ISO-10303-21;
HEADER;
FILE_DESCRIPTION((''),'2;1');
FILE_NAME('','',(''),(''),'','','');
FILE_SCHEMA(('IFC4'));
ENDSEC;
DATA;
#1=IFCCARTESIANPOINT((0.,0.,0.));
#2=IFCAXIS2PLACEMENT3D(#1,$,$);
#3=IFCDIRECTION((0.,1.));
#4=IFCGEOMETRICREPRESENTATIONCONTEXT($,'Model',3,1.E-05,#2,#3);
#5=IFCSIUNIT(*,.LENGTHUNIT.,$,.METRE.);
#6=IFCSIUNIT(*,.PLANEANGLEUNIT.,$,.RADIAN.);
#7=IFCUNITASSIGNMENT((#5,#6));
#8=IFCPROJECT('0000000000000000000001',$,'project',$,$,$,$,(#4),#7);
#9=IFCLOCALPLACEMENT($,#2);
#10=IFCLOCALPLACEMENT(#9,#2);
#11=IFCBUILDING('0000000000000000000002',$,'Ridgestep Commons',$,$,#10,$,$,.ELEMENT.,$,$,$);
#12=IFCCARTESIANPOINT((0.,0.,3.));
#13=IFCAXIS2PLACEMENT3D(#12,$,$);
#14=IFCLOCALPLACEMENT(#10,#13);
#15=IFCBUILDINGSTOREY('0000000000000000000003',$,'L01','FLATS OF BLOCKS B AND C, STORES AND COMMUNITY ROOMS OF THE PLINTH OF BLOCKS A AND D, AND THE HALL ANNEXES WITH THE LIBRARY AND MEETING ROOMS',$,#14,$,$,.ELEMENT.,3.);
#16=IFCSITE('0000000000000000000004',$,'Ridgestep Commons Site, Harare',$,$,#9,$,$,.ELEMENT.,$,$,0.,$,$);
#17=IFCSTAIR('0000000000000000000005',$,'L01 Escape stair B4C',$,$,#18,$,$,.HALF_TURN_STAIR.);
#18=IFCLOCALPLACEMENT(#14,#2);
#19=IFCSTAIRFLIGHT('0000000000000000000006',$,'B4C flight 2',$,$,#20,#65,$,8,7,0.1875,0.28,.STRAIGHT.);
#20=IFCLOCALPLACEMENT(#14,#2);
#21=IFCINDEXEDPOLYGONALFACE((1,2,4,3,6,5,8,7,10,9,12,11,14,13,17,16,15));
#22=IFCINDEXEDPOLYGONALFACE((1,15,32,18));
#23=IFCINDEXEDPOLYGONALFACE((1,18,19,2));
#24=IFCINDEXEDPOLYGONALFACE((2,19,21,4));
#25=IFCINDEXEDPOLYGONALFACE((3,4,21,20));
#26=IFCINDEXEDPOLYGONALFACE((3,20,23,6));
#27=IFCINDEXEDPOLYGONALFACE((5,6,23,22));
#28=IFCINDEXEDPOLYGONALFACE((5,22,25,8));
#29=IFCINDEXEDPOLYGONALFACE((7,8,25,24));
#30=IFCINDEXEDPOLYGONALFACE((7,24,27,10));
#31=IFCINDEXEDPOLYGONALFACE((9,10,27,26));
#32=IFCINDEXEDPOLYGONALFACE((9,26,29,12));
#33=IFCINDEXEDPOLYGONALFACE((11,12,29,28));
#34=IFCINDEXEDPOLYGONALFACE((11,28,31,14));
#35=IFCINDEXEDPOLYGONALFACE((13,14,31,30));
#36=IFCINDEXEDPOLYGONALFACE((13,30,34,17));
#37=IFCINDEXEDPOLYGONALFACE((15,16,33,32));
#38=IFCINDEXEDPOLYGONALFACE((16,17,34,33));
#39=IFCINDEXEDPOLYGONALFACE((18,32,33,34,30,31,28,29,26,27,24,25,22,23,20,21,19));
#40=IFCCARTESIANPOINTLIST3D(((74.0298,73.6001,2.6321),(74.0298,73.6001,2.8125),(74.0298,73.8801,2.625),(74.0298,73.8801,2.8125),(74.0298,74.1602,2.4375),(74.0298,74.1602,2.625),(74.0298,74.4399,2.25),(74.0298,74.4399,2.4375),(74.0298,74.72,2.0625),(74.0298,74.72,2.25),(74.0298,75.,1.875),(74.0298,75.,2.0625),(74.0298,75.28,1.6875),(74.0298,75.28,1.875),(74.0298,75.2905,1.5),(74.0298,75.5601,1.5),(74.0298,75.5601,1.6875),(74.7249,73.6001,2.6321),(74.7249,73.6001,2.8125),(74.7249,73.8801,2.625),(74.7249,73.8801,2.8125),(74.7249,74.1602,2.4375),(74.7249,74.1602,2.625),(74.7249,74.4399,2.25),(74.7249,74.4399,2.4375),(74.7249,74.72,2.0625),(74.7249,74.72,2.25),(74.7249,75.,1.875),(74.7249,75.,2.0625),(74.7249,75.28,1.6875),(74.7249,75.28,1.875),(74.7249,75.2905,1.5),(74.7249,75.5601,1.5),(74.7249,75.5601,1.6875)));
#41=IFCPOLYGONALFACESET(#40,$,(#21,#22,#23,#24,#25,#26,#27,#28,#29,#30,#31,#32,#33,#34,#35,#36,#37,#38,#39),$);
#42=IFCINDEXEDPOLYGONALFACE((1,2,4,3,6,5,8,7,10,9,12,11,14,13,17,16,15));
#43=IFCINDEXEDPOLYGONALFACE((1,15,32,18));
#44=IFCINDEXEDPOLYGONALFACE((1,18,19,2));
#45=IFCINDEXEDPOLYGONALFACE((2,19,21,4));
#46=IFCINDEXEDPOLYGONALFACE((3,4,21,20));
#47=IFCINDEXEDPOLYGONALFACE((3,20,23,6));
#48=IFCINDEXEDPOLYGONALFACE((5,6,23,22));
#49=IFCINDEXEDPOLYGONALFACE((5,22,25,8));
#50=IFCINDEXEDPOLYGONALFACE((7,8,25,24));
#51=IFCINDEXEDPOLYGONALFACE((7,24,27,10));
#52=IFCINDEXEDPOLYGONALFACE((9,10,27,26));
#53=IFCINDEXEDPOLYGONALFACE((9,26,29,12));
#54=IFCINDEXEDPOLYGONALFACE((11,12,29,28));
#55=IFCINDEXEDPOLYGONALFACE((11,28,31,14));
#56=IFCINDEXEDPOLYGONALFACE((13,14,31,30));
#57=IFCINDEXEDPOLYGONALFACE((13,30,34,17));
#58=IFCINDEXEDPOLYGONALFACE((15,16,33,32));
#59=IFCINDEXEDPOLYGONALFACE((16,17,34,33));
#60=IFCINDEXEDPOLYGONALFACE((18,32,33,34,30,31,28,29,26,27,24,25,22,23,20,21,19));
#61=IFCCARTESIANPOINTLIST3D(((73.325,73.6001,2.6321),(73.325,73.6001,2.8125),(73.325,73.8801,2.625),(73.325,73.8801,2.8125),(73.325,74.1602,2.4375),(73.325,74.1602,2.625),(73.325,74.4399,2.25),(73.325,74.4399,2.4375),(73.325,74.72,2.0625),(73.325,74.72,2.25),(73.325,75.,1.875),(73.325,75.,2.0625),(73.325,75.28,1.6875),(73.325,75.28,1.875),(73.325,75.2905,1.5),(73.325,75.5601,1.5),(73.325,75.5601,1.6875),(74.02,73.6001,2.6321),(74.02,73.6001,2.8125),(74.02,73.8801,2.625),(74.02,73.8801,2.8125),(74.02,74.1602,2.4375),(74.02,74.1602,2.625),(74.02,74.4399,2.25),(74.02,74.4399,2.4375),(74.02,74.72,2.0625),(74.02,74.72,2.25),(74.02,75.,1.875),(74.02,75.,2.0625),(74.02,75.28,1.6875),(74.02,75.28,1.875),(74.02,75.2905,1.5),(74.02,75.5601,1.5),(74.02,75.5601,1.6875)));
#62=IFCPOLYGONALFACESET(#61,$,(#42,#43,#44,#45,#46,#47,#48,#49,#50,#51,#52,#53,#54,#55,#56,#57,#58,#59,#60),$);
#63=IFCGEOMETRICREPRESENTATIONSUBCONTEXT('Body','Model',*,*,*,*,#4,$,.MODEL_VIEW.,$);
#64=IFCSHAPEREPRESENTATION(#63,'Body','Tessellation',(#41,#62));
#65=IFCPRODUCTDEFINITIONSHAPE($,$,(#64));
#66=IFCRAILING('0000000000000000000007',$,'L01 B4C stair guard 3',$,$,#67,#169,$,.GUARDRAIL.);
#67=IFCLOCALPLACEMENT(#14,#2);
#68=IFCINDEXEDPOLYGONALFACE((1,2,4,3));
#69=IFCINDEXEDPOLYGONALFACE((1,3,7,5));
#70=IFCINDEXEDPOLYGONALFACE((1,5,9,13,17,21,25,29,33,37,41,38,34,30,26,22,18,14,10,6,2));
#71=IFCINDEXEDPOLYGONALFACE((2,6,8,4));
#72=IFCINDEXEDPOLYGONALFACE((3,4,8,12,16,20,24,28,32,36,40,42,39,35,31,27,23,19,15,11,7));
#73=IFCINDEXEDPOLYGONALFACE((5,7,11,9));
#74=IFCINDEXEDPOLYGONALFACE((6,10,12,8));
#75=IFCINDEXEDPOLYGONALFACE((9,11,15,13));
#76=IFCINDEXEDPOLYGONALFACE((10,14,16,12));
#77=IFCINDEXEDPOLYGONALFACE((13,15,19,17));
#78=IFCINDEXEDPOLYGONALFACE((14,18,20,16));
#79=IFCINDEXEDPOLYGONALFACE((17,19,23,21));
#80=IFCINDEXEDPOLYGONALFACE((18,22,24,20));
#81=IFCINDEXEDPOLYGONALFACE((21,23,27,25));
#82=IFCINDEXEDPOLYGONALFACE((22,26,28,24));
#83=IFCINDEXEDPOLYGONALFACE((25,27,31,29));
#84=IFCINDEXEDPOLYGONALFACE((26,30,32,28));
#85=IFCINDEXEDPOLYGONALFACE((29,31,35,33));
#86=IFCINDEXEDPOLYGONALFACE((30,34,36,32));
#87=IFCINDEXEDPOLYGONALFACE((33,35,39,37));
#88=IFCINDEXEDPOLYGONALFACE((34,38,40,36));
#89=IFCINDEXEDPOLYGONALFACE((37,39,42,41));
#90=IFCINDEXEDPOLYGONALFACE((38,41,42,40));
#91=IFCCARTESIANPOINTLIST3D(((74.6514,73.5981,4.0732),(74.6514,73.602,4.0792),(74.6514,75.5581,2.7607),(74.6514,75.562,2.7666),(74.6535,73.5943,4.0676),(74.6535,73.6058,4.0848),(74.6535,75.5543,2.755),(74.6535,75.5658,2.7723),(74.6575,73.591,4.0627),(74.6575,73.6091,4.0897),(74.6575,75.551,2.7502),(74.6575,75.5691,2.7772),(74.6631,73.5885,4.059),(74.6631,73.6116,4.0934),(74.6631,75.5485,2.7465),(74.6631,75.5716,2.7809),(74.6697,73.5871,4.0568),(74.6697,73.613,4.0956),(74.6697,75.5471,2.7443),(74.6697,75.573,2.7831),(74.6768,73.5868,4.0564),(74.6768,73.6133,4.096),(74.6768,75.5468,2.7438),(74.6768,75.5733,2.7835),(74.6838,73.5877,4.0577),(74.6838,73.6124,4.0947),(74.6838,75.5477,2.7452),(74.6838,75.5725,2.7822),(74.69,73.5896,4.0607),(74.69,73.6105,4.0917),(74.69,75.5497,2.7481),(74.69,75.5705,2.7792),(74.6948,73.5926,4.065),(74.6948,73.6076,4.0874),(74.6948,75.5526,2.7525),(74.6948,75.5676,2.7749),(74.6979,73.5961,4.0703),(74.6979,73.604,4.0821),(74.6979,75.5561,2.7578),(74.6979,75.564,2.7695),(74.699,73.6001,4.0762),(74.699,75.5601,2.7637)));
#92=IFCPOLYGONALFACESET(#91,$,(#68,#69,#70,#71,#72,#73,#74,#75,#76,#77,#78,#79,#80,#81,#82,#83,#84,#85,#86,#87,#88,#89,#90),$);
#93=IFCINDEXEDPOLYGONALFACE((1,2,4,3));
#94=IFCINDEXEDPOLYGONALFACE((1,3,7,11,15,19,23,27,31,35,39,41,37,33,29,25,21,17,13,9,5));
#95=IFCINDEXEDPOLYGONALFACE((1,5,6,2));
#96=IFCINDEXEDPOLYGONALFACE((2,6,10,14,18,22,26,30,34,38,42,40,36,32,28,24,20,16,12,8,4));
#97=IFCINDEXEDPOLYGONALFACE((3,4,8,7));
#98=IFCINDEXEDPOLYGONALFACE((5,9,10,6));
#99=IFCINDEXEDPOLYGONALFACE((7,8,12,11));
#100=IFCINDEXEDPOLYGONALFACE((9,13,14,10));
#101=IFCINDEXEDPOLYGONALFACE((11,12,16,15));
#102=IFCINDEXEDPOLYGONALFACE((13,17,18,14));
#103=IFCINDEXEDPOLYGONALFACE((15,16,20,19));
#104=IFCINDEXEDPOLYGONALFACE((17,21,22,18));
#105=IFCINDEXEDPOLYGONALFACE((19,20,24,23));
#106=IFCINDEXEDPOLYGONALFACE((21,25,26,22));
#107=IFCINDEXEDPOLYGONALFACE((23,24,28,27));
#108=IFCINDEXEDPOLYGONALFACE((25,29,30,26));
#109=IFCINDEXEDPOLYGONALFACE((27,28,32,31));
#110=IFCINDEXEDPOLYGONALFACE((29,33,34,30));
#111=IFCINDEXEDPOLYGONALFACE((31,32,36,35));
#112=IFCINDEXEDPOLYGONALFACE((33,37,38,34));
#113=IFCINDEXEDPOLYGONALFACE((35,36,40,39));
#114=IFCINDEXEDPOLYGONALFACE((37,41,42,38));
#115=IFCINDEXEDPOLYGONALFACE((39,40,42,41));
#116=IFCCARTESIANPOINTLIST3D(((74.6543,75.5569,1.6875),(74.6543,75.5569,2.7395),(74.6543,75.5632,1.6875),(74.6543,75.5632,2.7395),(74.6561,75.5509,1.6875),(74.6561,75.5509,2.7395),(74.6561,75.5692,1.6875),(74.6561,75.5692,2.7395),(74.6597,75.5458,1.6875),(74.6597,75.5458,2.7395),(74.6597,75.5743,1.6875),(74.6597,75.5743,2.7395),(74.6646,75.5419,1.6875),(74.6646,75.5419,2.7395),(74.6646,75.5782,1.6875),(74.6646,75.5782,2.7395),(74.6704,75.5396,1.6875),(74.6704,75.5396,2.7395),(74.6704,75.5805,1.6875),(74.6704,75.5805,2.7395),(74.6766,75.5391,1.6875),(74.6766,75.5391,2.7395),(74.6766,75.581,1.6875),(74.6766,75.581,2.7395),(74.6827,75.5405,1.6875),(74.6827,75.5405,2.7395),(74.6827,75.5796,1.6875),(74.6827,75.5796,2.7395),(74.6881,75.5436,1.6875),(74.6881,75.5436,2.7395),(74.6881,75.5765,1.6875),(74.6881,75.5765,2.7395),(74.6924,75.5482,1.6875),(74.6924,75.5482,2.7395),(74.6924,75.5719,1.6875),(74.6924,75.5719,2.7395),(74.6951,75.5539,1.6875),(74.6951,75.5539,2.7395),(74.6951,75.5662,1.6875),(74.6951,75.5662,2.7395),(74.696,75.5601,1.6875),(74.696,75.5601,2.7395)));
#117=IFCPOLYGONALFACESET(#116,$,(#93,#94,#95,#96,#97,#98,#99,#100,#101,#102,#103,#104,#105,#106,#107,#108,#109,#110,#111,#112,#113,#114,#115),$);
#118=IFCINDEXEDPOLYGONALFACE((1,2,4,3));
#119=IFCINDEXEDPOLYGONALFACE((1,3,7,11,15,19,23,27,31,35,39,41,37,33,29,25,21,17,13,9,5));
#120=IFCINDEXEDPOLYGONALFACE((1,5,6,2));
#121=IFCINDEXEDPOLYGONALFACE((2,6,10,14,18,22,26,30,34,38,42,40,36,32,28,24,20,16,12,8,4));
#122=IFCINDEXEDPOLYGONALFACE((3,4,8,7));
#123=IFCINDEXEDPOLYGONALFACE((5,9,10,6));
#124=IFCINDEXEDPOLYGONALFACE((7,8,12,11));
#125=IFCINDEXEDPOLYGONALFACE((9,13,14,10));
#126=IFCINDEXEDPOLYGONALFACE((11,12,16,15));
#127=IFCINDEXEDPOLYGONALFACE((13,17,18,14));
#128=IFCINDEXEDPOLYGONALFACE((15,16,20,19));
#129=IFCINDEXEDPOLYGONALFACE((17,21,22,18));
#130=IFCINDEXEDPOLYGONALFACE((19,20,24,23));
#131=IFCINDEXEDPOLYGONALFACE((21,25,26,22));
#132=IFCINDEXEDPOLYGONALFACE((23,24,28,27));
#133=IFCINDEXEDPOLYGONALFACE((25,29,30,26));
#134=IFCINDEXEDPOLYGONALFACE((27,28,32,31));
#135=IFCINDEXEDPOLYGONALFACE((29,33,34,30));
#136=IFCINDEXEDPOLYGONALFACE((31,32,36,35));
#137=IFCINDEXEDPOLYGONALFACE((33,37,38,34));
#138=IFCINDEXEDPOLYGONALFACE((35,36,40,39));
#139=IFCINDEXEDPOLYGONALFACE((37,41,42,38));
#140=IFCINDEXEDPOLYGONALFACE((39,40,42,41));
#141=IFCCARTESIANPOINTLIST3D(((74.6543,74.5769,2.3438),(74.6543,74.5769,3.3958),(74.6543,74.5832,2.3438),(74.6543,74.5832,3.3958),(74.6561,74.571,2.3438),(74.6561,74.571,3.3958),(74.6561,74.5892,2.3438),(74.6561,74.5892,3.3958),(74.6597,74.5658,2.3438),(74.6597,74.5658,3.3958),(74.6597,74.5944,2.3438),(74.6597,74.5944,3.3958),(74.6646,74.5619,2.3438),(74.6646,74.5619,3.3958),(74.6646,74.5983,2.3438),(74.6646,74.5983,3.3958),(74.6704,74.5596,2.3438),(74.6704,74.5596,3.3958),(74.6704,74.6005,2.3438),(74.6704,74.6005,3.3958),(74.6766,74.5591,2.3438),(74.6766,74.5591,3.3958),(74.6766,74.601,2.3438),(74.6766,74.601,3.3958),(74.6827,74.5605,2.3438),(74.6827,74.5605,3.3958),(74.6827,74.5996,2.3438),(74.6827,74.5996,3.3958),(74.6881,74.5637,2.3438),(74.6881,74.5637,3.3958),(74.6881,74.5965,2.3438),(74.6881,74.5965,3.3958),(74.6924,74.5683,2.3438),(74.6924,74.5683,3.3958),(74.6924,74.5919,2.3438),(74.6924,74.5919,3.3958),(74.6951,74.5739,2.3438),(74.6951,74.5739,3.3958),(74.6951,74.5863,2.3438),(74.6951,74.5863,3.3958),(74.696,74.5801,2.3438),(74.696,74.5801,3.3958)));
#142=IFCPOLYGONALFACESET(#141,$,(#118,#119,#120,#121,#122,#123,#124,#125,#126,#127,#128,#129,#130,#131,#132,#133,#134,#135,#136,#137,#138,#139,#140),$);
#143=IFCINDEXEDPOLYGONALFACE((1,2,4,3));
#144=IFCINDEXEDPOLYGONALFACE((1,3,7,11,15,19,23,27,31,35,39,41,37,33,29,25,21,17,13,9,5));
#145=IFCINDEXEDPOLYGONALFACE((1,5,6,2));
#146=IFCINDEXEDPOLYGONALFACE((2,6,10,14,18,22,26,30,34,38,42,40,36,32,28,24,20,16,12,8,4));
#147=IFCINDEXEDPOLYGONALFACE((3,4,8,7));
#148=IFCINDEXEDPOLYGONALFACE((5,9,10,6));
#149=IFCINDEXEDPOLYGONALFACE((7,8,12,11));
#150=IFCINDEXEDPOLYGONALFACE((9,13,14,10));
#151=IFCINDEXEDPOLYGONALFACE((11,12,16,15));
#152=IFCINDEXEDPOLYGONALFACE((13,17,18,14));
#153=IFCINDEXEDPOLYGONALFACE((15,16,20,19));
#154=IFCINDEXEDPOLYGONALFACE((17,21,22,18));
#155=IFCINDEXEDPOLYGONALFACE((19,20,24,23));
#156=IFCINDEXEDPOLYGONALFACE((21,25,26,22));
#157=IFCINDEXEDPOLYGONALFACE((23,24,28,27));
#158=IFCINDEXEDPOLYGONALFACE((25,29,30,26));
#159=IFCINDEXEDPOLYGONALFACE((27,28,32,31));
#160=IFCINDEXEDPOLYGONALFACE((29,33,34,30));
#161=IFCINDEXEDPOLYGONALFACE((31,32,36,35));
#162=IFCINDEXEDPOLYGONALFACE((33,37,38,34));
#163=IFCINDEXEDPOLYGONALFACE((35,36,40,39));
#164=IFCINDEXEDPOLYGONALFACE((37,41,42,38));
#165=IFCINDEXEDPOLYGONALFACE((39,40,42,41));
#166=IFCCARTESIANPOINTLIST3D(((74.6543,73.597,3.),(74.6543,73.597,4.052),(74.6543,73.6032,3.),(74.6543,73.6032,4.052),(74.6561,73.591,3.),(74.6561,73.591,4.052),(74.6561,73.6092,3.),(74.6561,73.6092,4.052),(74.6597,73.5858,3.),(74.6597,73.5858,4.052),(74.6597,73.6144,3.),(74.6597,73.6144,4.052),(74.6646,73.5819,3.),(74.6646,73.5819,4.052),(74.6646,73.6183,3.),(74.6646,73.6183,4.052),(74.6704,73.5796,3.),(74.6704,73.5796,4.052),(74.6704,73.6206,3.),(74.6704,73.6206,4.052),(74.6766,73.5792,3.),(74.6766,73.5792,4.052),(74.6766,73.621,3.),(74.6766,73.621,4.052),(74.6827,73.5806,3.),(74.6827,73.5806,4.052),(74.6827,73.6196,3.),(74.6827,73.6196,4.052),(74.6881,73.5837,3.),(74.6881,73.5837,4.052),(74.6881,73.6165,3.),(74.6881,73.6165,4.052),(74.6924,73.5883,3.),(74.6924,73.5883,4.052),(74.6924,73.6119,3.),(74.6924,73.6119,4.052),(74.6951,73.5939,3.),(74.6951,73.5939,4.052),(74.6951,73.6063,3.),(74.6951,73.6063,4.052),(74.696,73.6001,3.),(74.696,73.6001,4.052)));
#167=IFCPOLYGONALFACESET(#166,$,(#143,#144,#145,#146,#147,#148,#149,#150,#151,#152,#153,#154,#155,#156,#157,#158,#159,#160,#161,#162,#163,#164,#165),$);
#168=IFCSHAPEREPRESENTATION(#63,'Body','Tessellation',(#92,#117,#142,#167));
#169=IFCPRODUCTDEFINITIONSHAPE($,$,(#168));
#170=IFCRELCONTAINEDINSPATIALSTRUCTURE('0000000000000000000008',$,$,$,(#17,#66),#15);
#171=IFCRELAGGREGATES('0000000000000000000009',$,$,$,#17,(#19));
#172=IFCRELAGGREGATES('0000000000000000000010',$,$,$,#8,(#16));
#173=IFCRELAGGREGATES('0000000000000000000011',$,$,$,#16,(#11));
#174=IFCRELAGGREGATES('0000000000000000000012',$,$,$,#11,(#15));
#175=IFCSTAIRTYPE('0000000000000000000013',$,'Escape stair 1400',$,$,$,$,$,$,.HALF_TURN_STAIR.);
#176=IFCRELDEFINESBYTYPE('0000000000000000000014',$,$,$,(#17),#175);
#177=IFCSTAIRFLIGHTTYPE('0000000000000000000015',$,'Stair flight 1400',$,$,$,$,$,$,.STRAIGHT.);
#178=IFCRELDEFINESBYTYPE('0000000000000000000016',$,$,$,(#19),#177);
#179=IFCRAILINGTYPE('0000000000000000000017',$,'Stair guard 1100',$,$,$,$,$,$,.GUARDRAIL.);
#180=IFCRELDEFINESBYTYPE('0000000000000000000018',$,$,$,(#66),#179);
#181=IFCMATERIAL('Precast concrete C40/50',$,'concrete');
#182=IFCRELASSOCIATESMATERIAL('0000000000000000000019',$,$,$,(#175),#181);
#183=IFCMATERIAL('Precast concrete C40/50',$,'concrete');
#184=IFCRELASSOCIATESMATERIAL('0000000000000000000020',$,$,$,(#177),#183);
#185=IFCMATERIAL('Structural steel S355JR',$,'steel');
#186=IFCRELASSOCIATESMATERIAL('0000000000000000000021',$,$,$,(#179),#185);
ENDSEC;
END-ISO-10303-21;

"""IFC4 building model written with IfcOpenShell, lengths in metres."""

from ifc_helpers import new_model, si_unit, direction, frame, origin, origin_2d, place, context, subcontext, project, spatial, polyline, circle, outline, extrude, material, type_object, element, aggregate, save


model = new_model("IFC4")

# Units and contexts
model_context = context("Model", 3, precision=1e-05, world=origin(), true_north=direction((0.0, 1.0)))
body_context = subcontext(model_context, "Body", "Model", "MODEL_VIEW")
ifc_project = project(units=[si_unit("LENGTHUNIT", "METRE"), si_unit("PLANEANGLEUNIT", "RADIAN")], contexts=[model_context])

# Site, building, storey
site_placement = place(None, origin())
site = spatial("IfcSite", under=ifc_project, at=site_placement, Name="Ridgestep Commons Site, Harare", CompositionType="ELEMENT", RefElevation=0.0)
building_placement = place(site_placement, origin())
building = spatial("IfcBuilding", under=site, at=building_placement, Name="Ridgestep Commons", CompositionType="ELEMENT")
storey_placement = place(building_placement, frame((0.0, 0.0, 3.0)))
storey = spatial("IfcBuildingStorey", under=building, at=storey_placement, Name="L01", Description="FLATS OF BLOCKS B AND C, STORES AND COMMUNITY ROOMS OF THE PLINTH OF BLOCKS A AND D, AND THE HALL ANNEXES WITH THE LIBRARY AND MEETING ROOMS", CompositionType="ELEMENT", Elevation=3.0)

# Stair, stair flight
ifc_material_1 = material(Name="Precast concrete C40/50", Category="concrete")
stair_type = type_object("IfcStairType", Name="Escape stair 1400", PredefinedType="HALF_TURN_STAIR", material=ifc_material_1)
stair_placement = place(storey_placement, origin())
stair = element("IfcStair", 1, at=stair_placement, inside=storey, type_object=stair_type, Name="L01 Escape stair B4C", PredefinedType="HALF_TURN_STAIR")
ifc_material_2 = material(Name="Precast concrete C40/50", Category="concrete")
stair_flight_type = type_object("IfcStairFlightType", Name="Stair flight 1400", PredefinedType="STRAIGHT", material=ifc_material_2)
stair_flight_placement = place(storey_placement, frame((74.0249, 75.5601, 1.5), z_axis=(0.0, 0.0, 1.0), x_axis=(0.0, -1.0, 0.0)))
stair_flight = element("IfcStairFlight", 2, at=stair_flight_placement, type_object=stair_flight_type, Name="B4C flight 2", NumberOfRisers=8, NumberOfTreads=7, PredefinedType="STRAIGHT", RiserHeight=0.1875, TreadLength=0.28, context=body_context, shape_type="SweptSolid", body=[
    extrude(outline(polyline([(0.0, 0.0), (0.0, 0.1875), (0.28, 0.1875), (0.28, 0.375), (0.5601, 0.375), (0.5601, 0.5625), (0.8401, 0.5625), (0.8401, 0.75), (1.1201, 0.75), (1.1201, 0.9375), (1.3999, 0.9375), (1.3999, 1.125), (1.6799, 1.125), (1.6799, 1.3125), (1.96, 1.3125), (1.96, 1.5), (1.96, 1.1321), (0.2695, 0.0), (0.0, 0.0)])), frame((0.0, 0.7, 0.0), z_axis=(0.0, -1.0, 0.0), x_axis=(1.0, 0.0, 0.0)), (0.0, 0.0, 1.0), 0.6951),
    extrude(outline(polyline([(0.0, 0.0), (0.0, 0.1875), (0.28, 0.1875), (0.28, 0.375), (0.5601, 0.375), (0.5601, 0.5625), (0.8401, 0.5625), (0.8401, 0.75), (1.1201, 0.75), (1.1201, 0.9375), (1.3999, 0.9375), (1.3999, 1.125), (1.6799, 1.125), (1.6799, 1.3125), (1.96, 1.3125), (1.96, 1.5), (1.96, 1.1321), (0.2695, 0.0), (0.0, 0.0)])), frame((0.0, -0.0049, 0.0), z_axis=(0.0, -1.0, 0.0), x_axis=(1.0, 0.0, 0.0)), (0.0, 0.0, 1.0), 0.6951),
])
aggregate(stair, [stair_flight])

# Railing
ifc_material_3 = material(Name="Structural steel S355JR", Category="steel")
railing_type_1 = type_object("IfcRailingType", Name="Stair guard 1100", PredefinedType="GUARDRAIL", material=ifc_material_3)
railing_1_placement = place(storey_placement, frame((74.675, 75.5601, 1.6875)))
element("IfcRailing", 3, at=railing_1_placement, inside=storey, type_object=railing_type_1, Name="L01 B4C stair guard 3", PredefinedType="GUARDRAIL", context=body_context, shape_type="SweptSolid", body=[
    extrude(circle(Radius=0.0239, at=origin_2d()), frame((0.0, 0.0, 1.0762), z_axis=(0.0, -0.830902, 0.556419), x_axis=(1.0, 0.0, 0.0)), (0.0, 0.0, 1.0), 2.3589),
    extrude(circle(Radius=0.021, at=origin_2d()), origin(), (0.0, 0.0, 1.0), 1.052),
    extrude(circle(Radius=0.021, at=origin_2d()), frame((0.0, -0.98, 0.6562)), (0.0, 0.0, 1.0), 1.052),
    extrude(circle(Radius=0.021, at=origin_2d()), frame((0.0, -1.96, 1.3125)), (0.0, 0.0, 1.0), 1.052),
])

save(model, "model.ifc")
